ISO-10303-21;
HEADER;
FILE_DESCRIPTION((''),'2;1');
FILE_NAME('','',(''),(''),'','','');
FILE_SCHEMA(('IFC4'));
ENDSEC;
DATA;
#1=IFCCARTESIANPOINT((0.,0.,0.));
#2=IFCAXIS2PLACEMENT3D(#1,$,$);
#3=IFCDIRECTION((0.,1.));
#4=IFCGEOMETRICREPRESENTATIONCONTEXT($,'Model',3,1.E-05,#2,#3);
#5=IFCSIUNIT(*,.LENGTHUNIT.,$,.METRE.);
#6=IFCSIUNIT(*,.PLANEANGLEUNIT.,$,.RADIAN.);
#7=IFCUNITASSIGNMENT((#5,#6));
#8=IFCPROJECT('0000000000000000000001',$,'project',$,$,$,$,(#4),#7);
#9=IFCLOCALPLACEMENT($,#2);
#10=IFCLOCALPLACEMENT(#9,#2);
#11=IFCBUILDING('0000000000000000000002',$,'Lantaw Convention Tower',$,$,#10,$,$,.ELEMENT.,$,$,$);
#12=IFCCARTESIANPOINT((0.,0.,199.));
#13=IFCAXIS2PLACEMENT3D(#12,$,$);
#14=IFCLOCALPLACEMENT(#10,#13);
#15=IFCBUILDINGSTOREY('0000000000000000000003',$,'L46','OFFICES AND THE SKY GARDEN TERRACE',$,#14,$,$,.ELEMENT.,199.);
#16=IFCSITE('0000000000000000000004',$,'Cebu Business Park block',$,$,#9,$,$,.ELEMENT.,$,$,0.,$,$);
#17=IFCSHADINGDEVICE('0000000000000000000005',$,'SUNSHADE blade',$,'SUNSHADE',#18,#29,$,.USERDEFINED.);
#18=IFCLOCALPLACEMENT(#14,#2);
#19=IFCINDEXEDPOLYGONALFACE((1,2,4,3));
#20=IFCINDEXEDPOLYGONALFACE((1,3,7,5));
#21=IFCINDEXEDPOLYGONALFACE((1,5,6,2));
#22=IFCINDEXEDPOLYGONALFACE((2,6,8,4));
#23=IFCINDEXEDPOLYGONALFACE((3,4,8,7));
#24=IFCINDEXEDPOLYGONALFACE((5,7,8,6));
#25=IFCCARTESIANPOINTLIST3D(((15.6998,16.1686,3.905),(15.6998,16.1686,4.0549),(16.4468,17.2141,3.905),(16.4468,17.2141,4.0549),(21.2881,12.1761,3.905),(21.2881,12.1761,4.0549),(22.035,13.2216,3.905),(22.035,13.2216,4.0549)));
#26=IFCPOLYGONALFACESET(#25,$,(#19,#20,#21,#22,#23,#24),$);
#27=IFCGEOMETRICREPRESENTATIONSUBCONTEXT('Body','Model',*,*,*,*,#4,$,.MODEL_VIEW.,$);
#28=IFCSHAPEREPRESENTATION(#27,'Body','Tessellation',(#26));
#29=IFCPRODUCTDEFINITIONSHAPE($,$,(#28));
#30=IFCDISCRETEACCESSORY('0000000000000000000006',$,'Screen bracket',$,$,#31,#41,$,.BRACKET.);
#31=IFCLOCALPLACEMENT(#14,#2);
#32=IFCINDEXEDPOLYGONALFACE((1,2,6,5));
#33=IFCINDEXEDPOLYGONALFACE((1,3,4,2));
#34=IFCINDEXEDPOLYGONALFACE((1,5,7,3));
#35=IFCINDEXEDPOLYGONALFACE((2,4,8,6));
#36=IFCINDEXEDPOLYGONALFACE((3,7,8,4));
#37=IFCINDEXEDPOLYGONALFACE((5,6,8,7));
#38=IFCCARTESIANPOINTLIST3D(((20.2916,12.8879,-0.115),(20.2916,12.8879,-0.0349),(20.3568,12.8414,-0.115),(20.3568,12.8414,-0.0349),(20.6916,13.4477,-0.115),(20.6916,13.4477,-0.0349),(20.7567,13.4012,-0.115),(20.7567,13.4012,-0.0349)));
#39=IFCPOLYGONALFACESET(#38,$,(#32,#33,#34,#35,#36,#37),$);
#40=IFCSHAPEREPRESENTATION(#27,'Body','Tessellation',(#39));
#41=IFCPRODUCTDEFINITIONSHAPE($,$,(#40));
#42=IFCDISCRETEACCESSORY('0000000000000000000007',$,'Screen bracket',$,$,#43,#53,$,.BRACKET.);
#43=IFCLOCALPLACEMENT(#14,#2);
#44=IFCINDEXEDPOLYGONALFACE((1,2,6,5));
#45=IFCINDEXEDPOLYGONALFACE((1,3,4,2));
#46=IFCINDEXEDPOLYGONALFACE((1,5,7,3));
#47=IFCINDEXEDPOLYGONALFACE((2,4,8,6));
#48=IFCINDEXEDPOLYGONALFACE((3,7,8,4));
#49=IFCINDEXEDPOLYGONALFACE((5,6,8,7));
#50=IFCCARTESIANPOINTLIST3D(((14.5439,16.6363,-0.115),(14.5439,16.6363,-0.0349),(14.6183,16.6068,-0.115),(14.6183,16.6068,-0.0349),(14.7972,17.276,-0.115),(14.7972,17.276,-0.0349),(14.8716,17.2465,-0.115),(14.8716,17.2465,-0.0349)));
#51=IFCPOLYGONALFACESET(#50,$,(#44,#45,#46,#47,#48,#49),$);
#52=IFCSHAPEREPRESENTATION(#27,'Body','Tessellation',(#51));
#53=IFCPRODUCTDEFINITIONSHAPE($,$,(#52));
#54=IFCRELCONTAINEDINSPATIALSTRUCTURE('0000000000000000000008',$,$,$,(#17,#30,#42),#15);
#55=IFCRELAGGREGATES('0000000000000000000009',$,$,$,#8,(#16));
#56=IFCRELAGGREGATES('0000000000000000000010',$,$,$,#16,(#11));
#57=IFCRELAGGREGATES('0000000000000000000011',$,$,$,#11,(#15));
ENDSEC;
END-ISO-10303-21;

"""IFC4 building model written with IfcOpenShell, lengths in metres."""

from ifc_helpers import new_model, si_unit, direction, frame, origin, origin_2d, place, context, subcontext, project, spatial, rectangle, extrude, element, save


model = new_model("IFC4")

# Units and contexts
model_context = context("Model", 3, precision=1e-05, world=origin(), true_north=direction((0.0, 1.0)))
body_context = subcontext(model_context, "Body", "Model", "MODEL_VIEW")
ifc_project = project(units=[si_unit("LENGTHUNIT", "METRE"), si_unit("PLANEANGLEUNIT", "RADIAN")], contexts=[model_context])

# Site, building, storey
site_placement = place(None, origin())
site = spatial("IfcSite", under=ifc_project, at=site_placement, Name="Cebu Business Park block", CompositionType="ELEMENT", RefElevation=0.0)
building_placement = place(site_placement, origin())
building = spatial("IfcBuilding", under=site, at=building_placement, Name="Lantaw Convention Tower", CompositionType="ELEMENT")
storey_placement = place(building_placement, frame((0.0, 0.0, 199.0)))
storey = spatial("IfcBuildingStorey", under=building, at=storey_placement, Name="L46", Description="OFFICES AND THE SKY GARDEN TERRACE", CompositionType="ELEMENT", Elevation=199.0)

# Shading device
shading_device_1_placement = place(storey_placement, frame((18.8674, 14.6951, 3.905), z_axis=(0.0, 0.0, 1.0), x_axis=(-0.813673, 0.581323, 0.0)))
element("IfcShadingDevice", 1, at=shading_device_1_placement, inside=storey, Name="SUNSHADE blade", ObjectType="SUNSHADE", PredefinedType="USERDEFINED", context=body_context, shape_type="SweptSolid", body=[
    extrude(rectangle(XDim=6.8679, YDim=1.2849, at=origin_2d()), origin(), (0.0, 0.0, 1.0), 0.1499),
])

# Discrete accessories
for number, where, z_axis, x_axis, name in (
    (2, (20.5242, 13.1445, -0.115), (0.0, 0.0, 1.0), (-0.813673, 0.581323, 0.0), "Screen bracket"),
    (3, (14.7078, 16.9414, -0.115), (0.0, 0.0, 1.0), (-0.929762, 0.368162, 0.0), "Screen bracket"),
):
    element("IfcDiscreteAccessory", number, at=place(storey_placement, frame(where, z_axis=z_axis, x_axis=x_axis)), inside=storey, Name=name, PredefinedType="BRACKET", context=body_context, shape_type="SweptSolid", body=[
        extrude(rectangle(XDim=0.0801, YDim=0.688, at=origin_2d()), origin(), (0.0, 0.0, 1.0), 0.0801),
    ])

save(model, "model.ifc")
